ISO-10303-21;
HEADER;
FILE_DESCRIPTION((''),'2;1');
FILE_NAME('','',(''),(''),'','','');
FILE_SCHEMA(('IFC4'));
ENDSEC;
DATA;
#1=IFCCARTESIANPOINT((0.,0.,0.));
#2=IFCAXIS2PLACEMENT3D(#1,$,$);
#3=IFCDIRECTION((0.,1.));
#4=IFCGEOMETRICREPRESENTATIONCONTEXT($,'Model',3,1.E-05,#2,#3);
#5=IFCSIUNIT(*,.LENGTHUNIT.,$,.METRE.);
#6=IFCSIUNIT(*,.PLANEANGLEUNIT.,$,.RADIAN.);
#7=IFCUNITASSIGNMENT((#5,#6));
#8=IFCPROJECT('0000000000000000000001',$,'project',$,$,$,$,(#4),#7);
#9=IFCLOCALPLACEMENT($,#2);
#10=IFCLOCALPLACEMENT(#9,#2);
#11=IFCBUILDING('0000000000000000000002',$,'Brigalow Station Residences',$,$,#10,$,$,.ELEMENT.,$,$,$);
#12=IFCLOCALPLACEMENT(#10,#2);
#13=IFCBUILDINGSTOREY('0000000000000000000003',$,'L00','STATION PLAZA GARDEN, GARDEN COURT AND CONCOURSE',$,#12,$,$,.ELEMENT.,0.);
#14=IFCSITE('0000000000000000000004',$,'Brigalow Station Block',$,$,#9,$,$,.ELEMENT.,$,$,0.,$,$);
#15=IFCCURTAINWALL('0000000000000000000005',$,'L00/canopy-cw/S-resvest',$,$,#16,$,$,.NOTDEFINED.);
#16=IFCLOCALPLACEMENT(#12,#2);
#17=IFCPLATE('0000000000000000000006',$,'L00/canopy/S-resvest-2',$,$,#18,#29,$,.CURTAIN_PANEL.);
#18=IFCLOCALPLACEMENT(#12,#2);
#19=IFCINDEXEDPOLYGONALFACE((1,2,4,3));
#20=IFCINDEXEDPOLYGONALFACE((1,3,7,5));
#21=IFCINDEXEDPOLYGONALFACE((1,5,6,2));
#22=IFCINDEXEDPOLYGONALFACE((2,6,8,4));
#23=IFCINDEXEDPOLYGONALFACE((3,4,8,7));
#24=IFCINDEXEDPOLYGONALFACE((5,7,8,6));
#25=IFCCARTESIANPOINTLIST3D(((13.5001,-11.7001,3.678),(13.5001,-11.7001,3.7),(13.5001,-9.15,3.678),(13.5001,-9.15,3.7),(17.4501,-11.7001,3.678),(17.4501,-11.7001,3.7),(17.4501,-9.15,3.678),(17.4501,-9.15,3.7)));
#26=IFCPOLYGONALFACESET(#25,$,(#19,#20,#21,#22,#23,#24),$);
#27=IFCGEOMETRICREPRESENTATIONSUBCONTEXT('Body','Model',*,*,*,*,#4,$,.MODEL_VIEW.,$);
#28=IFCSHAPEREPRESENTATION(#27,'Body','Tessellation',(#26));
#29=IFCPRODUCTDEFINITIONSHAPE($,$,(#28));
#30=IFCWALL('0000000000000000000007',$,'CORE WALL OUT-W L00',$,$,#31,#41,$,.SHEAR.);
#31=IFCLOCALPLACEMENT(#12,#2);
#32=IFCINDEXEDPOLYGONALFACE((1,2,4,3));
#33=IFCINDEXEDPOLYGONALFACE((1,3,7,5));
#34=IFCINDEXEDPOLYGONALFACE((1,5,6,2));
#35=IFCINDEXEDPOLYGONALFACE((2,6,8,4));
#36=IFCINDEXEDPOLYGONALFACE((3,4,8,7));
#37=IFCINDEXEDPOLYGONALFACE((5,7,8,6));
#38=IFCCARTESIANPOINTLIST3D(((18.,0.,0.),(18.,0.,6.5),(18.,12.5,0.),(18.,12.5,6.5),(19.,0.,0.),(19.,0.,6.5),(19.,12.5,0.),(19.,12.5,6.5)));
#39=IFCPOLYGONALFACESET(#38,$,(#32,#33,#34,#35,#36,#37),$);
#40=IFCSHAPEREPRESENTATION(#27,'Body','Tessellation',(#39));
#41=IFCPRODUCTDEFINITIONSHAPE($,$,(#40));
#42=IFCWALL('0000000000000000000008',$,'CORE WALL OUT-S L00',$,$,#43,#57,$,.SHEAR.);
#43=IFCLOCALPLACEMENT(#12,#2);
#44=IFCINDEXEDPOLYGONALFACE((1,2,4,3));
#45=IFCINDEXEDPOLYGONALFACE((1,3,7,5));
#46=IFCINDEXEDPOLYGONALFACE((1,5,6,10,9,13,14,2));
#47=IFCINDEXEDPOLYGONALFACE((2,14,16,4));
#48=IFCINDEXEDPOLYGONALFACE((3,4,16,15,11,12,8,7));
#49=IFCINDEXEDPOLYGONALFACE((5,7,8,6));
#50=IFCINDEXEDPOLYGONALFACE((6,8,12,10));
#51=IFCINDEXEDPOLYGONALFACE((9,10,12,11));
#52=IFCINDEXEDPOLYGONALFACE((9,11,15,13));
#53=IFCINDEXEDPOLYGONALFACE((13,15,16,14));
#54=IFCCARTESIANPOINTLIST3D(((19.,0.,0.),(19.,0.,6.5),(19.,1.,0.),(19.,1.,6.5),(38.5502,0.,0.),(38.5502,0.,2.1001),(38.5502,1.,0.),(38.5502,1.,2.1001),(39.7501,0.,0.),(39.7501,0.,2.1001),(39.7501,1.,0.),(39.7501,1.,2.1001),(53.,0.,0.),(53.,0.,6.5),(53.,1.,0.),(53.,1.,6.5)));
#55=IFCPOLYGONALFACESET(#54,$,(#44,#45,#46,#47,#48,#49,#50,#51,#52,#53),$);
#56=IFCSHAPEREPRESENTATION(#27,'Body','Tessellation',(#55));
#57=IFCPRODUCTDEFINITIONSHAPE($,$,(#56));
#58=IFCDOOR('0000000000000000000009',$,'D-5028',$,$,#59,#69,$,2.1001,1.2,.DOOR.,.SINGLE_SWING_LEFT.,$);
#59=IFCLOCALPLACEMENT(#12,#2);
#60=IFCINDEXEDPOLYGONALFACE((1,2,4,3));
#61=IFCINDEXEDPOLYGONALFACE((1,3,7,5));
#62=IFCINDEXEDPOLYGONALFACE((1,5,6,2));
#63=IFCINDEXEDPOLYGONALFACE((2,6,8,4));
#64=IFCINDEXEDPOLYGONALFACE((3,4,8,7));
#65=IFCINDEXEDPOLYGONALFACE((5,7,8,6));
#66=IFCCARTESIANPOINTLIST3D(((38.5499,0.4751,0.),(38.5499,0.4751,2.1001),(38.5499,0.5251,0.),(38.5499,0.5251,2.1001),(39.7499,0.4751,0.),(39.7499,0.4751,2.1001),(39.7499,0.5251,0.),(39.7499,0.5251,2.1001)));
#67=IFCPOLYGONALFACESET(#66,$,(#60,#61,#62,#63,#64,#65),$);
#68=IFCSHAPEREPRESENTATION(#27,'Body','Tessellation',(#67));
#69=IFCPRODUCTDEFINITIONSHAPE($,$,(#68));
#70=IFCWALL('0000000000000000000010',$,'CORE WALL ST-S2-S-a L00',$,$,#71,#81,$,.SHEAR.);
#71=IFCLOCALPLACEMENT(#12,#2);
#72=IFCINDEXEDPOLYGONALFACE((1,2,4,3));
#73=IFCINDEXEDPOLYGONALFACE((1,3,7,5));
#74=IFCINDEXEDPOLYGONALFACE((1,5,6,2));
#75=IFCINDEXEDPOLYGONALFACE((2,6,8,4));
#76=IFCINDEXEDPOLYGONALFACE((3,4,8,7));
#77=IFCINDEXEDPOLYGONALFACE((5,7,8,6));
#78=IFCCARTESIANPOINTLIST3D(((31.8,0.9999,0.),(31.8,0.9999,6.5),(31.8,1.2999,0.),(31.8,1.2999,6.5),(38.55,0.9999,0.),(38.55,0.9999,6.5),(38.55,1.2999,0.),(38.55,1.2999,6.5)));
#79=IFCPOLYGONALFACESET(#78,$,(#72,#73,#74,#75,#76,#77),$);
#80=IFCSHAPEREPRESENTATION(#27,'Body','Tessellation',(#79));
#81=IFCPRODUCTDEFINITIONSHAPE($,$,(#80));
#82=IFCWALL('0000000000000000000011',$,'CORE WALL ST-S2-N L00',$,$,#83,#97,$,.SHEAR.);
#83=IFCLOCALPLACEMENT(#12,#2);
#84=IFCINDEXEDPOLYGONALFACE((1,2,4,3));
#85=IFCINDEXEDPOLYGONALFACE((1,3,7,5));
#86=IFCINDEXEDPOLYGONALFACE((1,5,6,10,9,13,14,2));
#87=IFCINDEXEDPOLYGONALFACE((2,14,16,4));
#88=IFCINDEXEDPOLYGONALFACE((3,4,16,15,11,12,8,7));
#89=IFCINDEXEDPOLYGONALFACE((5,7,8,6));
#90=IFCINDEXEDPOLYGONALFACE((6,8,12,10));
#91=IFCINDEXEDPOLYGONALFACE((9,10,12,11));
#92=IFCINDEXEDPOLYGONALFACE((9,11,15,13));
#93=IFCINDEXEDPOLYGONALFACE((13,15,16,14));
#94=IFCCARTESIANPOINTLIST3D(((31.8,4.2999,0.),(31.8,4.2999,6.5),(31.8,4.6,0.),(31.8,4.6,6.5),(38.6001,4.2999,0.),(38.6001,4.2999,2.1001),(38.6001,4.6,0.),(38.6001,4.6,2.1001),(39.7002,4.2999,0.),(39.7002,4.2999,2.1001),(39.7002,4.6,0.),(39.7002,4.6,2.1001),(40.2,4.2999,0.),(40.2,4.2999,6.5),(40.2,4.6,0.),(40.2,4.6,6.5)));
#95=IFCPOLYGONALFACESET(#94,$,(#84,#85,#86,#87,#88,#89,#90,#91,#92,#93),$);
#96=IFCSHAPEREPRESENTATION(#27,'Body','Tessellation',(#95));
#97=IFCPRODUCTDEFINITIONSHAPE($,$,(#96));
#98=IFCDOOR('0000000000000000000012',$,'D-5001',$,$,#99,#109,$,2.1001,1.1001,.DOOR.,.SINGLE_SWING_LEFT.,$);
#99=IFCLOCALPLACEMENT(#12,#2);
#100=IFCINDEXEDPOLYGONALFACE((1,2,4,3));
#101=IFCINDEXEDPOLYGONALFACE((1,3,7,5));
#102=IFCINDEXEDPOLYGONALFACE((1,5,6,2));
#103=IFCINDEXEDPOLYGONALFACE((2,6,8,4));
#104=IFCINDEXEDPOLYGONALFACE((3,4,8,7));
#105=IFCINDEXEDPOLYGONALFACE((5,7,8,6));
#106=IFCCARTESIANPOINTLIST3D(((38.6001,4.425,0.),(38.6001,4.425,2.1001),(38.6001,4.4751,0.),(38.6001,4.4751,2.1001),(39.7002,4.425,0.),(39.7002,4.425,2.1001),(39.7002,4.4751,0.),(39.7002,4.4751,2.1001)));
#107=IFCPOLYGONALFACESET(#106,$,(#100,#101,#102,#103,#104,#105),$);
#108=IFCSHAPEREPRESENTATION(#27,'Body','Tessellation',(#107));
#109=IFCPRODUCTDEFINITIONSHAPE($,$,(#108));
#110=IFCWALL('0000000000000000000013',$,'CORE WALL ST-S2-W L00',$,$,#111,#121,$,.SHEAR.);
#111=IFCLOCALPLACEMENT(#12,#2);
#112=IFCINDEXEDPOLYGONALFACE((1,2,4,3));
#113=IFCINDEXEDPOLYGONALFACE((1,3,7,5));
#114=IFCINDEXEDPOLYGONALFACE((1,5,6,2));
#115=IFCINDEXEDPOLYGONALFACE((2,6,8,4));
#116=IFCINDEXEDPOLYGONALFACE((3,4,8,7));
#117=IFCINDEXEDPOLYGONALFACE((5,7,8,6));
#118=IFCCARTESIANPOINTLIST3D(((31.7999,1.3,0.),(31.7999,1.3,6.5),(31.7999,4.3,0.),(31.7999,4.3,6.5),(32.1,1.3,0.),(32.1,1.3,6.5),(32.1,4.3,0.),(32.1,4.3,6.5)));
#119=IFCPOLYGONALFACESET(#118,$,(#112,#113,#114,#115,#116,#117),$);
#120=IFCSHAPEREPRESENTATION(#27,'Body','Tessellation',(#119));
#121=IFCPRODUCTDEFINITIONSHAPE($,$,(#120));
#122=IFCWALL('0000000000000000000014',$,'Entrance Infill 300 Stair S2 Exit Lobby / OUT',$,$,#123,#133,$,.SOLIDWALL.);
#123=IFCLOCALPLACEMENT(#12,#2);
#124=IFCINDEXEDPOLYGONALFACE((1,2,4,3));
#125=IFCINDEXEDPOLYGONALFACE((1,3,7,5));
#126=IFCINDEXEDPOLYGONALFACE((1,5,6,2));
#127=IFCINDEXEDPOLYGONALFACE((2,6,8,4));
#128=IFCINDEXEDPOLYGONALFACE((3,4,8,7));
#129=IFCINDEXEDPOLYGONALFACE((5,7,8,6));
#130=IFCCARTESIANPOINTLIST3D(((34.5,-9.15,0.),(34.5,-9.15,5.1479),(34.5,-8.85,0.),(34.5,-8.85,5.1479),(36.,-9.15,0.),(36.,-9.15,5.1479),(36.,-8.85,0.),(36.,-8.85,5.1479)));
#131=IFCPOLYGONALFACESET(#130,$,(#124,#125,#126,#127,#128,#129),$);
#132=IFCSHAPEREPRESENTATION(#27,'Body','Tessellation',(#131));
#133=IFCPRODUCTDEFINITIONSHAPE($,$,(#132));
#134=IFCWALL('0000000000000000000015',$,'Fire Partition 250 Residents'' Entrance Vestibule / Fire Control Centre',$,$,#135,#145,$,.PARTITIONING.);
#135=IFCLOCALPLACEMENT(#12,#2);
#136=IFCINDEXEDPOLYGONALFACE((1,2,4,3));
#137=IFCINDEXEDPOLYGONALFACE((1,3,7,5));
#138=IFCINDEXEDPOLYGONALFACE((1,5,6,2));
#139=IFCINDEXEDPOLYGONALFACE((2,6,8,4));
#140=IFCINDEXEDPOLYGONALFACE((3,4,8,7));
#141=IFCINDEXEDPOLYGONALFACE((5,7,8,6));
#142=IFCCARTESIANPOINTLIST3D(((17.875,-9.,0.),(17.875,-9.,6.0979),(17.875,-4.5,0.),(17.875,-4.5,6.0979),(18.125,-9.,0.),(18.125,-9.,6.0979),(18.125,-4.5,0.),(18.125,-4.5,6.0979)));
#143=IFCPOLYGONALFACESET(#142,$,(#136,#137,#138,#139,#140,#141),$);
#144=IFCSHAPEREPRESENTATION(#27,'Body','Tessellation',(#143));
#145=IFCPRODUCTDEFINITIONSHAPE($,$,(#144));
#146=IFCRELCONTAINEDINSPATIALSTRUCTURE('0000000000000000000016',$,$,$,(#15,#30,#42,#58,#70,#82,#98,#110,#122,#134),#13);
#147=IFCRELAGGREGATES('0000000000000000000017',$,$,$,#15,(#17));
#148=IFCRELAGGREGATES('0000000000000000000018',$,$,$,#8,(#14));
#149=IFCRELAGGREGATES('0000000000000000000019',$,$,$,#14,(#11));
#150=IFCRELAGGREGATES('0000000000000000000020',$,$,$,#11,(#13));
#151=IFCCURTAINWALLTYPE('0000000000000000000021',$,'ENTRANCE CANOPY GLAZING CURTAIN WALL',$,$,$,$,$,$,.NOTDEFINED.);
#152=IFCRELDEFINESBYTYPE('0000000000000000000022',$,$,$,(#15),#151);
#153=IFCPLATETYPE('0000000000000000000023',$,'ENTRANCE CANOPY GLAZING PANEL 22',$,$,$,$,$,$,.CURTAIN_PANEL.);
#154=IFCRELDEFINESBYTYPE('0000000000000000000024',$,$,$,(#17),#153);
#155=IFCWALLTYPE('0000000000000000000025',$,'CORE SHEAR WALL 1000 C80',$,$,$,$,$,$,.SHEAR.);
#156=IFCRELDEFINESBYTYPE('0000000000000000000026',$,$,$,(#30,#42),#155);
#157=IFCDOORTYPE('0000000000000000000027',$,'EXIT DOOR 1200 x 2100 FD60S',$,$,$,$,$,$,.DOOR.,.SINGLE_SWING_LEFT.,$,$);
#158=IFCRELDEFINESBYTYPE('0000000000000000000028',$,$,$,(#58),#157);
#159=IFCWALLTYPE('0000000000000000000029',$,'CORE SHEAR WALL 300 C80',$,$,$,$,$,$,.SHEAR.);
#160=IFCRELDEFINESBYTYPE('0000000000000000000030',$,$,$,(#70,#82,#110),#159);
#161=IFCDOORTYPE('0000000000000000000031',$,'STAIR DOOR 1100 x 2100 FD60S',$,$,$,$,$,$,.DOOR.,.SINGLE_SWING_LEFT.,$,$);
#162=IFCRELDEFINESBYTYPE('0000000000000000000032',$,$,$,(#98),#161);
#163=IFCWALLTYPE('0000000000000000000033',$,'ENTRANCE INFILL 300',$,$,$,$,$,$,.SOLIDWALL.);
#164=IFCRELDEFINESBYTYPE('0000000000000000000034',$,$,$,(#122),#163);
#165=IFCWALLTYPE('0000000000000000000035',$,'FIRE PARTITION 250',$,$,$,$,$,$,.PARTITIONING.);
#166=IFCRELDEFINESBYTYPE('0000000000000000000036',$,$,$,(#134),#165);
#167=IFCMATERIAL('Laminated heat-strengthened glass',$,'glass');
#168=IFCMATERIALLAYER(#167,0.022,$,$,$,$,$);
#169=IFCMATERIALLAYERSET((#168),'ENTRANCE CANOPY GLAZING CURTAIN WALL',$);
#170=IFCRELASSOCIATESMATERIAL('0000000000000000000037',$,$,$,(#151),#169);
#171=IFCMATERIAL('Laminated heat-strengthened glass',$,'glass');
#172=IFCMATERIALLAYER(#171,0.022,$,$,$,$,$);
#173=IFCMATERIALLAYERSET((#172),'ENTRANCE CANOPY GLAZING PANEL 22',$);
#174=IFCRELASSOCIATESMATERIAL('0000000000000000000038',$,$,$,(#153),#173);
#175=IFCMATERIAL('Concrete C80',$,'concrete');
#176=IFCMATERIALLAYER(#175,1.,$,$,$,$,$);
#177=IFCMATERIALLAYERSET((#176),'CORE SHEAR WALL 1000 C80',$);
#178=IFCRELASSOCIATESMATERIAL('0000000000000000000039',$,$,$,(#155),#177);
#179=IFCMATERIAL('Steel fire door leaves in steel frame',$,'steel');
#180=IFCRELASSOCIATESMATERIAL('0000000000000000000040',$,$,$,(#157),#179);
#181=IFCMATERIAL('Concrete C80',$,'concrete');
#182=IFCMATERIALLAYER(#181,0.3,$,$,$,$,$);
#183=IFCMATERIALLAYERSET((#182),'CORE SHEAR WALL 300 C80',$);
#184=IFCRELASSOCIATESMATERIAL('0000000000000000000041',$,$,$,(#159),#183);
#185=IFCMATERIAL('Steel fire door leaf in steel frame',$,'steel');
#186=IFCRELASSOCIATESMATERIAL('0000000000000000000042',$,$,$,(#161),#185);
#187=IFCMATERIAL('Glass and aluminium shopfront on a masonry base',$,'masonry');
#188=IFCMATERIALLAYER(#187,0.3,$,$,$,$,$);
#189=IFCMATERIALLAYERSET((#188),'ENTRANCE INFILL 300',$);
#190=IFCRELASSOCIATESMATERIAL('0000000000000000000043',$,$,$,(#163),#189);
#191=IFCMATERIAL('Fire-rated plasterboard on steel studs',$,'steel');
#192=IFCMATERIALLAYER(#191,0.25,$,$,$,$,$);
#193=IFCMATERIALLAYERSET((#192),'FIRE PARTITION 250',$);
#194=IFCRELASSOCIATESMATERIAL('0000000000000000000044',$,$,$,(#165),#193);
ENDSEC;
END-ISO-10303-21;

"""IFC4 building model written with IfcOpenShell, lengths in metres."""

from ifc_helpers import new_model, si_unit, direction, frame, frame_2d, origin, origin_2d, place, context, subcontext, project, spatial, rectangle, extrude, material, layer, layer_set, type_object, element, fill, aggregate, save


model = new_model("IFC4")

# Units and contexts
model_context = context("Model", 3, precision=1e-05, world=origin(), true_north=direction((0.0, 1.0)))
body_context = subcontext(model_context, "Body", "Model", "MODEL_VIEW")
ifc_project = project(units=[si_unit("LENGTHUNIT", "METRE"), si_unit("PLANEANGLEUNIT", "RADIAN")], contexts=[model_context])

# Site, building, storey
site_placement = place(None, origin())
site = spatial("IfcSite", under=ifc_project, at=site_placement, Name="Brigalow Station Block", CompositionType="ELEMENT", RefElevation=0.0)
building_placement = place(site_placement, origin())
building = spatial("IfcBuilding", under=site, at=building_placement, Name="Brigalow Station Residences", CompositionType="ELEMENT")
storey_placement = place(building_placement, origin())
storey = spatial("IfcBuildingStorey", under=building, at=storey_placement, Name="L00", Description="STATION PLAZA GARDEN, GARDEN COURT AND CONCOURSE", CompositionType="ELEMENT", Elevation=0.0)

# Curtain wall, plate
ifc_material_1 = material(Name="Laminated heat-strengthened glass", Category="glass")
ifc_layer_1 = layer(ifc_material_1, 0.022)
ifc_layer_set_1 = layer_set([ifc_layer_1], Name="ENTRANCE CANOPY GLAZING CURTAIN WALL")
curtain_wall_type = type_object("IfcCurtainWallType", Name="ENTRANCE CANOPY GLAZING CURTAIN WALL", PredefinedType="NOTDEFINED", material=ifc_layer_set_1)
curtain_wall_placement = place(storey_placement, origin())
curtain_wall = element("IfcCurtainWall", 1, at=curtain_wall_placement, inside=storey, type_object=curtain_wall_type, Name="L00/canopy-cw/S-resvest", PredefinedType="NOTDEFINED")
ifc_material_2 = material(Name="Laminated heat-strengthened glass", Category="glass")
ifc_layer_2 = layer(ifc_material_2, 0.022)
ifc_layer_set_2 = layer_set([ifc_layer_2], Name="ENTRANCE CANOPY GLAZING PANEL 22")
plate_type = type_object("IfcPlateType", Name="ENTRANCE CANOPY GLAZING PANEL 22", PredefinedType="CURTAIN_PANEL", material=ifc_layer_set_2)
plate_placement = place(storey_placement, frame((15.4751, -10.425, 3.678), z_axis=(0.0, 0.0, 1.0), x_axis=(1.0, 0.0, 0.0)))
plate = element("IfcPlate", 2, at=plate_placement, type_object=plate_type, Name="L00/canopy/S-resvest-2", PredefinedType="CURTAIN_PANEL", context=body_context, shape_type="SweptSolid", body=[
    extrude(rectangle(XDim=3.95, YDim=2.55, at=origin_2d()), origin(), (0.0, 0.0, 1.0), 0.022),
])
aggregate(curtain_wall, [plate])

# Wall
ifc_material_3 = material(Name="Concrete C80", Category="concrete")
ifc_layer_3 = layer(ifc_material_3, 1.0)
ifc_layer_set_3 = layer_set([ifc_layer_3], Name="CORE SHEAR WALL 1000 C80")
wall_type_1 = type_object("IfcWallType", Name="CORE SHEAR WALL 1000 C80", PredefinedType="SHEAR", material=ifc_layer_set_3)
wall_1_placement = place(storey_placement, frame((18.5, 0.0, 0.0), z_axis=(0.0, 0.0, 1.0), x_axis=(0.0, 1.0, 0.0)))
element("IfcWall", 3, at=wall_1_placement, inside=storey, type_object=wall_type_1, Name="CORE WALL OUT-W L00", PredefinedType="SHEAR", context=body_context, shape_type="SweptSolid", body=[
    extrude(rectangle(XDim=12.5, YDim=1.0, at=frame_2d((6.25, 0.0))), origin(), (0.0, 0.0, 1.0), 6.5),
])

# Wall, opening, door
wall_2_placement = place(storey_placement, frame((19.0, 0.5, 0.0), z_axis=(0.0, 0.0, 1.0), x_axis=(1.0, 0.0, 0.0)))
wall_2 = element("IfcWall", 4, at=wall_2_placement, inside=storey, type_object=wall_type_1, Name="CORE WALL OUT-S L00", PredefinedType="SHEAR", context=body_context, shape_type="SweptSolid", body=[
    extrude(rectangle(XDim=34.0, YDim=1.0, at=frame_2d((17.0, 0.0))), origin(), (0.0, 0.0, 1.0), 6.5),
])
opening_1_placement = place(wall_2_placement, frame((19.55, 0.0, 0.0)))
opening_1 = element("IfcOpeningElement", 5, at=opening_1_placement, cuts=wall_2, PredefinedType="OPENING", context=body_context, shape_type="SweptSolid", body=[
    extrude(rectangle(XDim=1.2, YDim=2.1001, at=frame_2d((0.6001, 1.05))), frame((0.0, 0.51, 0.0), z_axis=(0.0, -1.0, 0.0), x_axis=(1.0, 0.0, 0.0)), (0.0, 0.0, 1.0), 1.02),
])
ifc_material_4 = material(Name="Steel fire door leaves in steel frame", Category="steel")
door_type_1 = type_object("IfcDoorType", Name="EXIT DOOR 1200 x 2100 FD60S", OperationType="SINGLE_SWING_LEFT", PredefinedType="DOOR", material=ifc_material_4)
door_1_placement = place(opening_1_placement, frame((1.2, 0.0, 0.0), z_axis=(0.0, 0.0, 1.0), x_axis=(-1.0, 0.0, 0.0)))
door_1 = element("IfcDoor", 6, at=door_1_placement, inside=storey, type_object=door_type_1, Name="D-5028", OperationType="SINGLE_SWING_LEFT", OverallHeight=2.1001, OverallWidth=1.2, PredefinedType="DOOR", context=body_context, shape_type="SweptSolid", body=[
    extrude(rectangle(XDim=1.2, YDim=2.1001, at=frame_2d((0.6001, 1.05))), frame((0.0, 0.0249, 0.0), z_axis=(0.0, -1.0, 0.0), x_axis=(1.0, 0.0, 0.0)), (0.0, 0.0, 1.0), 0.05),
])
fill(opening_1, door_1)

# Wall
ifc_material_5 = material(Name="Concrete C80", Category="concrete")
ifc_layer_4 = layer(ifc_material_5, 0.3)
ifc_layer_set_4 = layer_set([ifc_layer_4], Name="CORE SHEAR WALL 300 C80")
wall_type_2 = type_object("IfcWallType", Name="CORE SHEAR WALL 300 C80", PredefinedType="SHEAR", material=ifc_layer_set_4)
wall_3_placement = place(storey_placement, frame((31.8, 1.1499, 0.0), z_axis=(0.0, 0.0, 1.0), x_axis=(1.0, 0.0, 0.0)))
element("IfcWall", 7, at=wall_3_placement, inside=storey, type_object=wall_type_2, Name="CORE WALL ST-S2-S-a L00", PredefinedType="SHEAR", context=body_context, shape_type="SweptSolid", body=[
    extrude(rectangle(XDim=6.75, YDim=0.3, at=frame_2d((3.375, 0.0))), origin(), (0.0, 0.0, 1.0), 6.5),
])

# Wall, opening, door
wall_4_placement = place(storey_placement, frame((31.8, 4.45, 0.0), z_axis=(0.0, 0.0, 1.0), x_axis=(1.0, 0.0, 0.0)))
wall_4 = element("IfcWall", 8, at=wall_4_placement, inside=storey, type_object=wall_type_2, Name="CORE WALL ST-S2-N L00", PredefinedType="SHEAR", context=body_context, shape_type="SweptSolid", body=[
    extrude(rectangle(XDim=8.3999, YDim=0.3, at=frame_2d((4.2, 0.0))), origin(), (0.0, 0.0, 1.0), 6.5),
])
opening_2_placement = place(wall_4_placement, frame((6.8, 0.0, 0.0)))
opening_2 = element("IfcOpeningElement", 9, at=opening_2_placement, cuts=wall_4, PredefinedType="OPENING", context=body_context, shape_type="SweptSolid", body=[
    extrude(rectangle(XDim=1.1001, YDim=2.1001, at=frame_2d((0.55, 1.05))), frame((0.0, 0.1602, 0.0), z_axis=(0.0, -1.0, 0.0), x_axis=(1.0, 0.0, 0.0)), (0.0, 0.0, 1.0), 0.3201),
])
ifc_material_6 = material(Name="Steel fire door leaf in steel frame", Category="steel")
door_type_2 = type_object("IfcDoorType", Name="STAIR DOOR 1100 x 2100 FD60S", OperationType="SINGLE_SWING_LEFT", PredefinedType="DOOR", material=ifc_material_6)
door_2_placement = place(opening_2_placement, frame((1.1001, 0.0, 0.0), z_axis=(0.0, 0.0, 1.0), x_axis=(-1.0, 0.0, 0.0)))
door_2 = element("IfcDoor", 10, at=door_2_placement, inside=storey, type_object=door_type_2, Name="D-5001", OperationType="SINGLE_SWING_LEFT", OverallHeight=2.1001, OverallWidth=1.1001, PredefinedType="DOOR", context=body_context, shape_type="SweptSolid", body=[
    extrude(rectangle(XDim=1.1001, YDim=2.1001, at=frame_2d((0.55, 1.05))), frame((0.0, 0.0249, 0.0), z_axis=(0.0, -1.0, 0.0), x_axis=(1.0, 0.0, 0.0)), (0.0, 0.0, 1.0), 0.05),
])
fill(opening_2, door_2)

# Walls
wall_5_placement = place(storey_placement, frame((31.95, 1.3, 0.0), z_axis=(0.0, 0.0, 1.0), x_axis=(0.0, 1.0, 0.0)))
element("IfcWall", 11, at=wall_5_placement, inside=storey, type_object=wall_type_2, Name="CORE WALL ST-S2-W L00", PredefinedType="SHEAR", context=body_context, shape_type="SweptSolid", body=[
    extrude(rectangle(XDim=3.0, YDim=0.3, at=frame_2d((1.5, 0.0))), origin(), (0.0, 0.0, 1.0), 6.5),
])
ifc_material_7 = material(Name="Glass and aluminium shopfront on a masonry base", Category="masonry")
ifc_layer_5 = layer(ifc_material_7, 0.3)
ifc_layer_set_5 = layer_set([ifc_layer_5], Name="ENTRANCE INFILL 300")
wall_type_3 = type_object("IfcWallType", Name="ENTRANCE INFILL 300", PredefinedType="SOLIDWALL", material=ifc_layer_set_5)
wall_6_placement = place(storey_placement, frame((34.5, -9.0, 0.0), z_axis=(0.0, 0.0, 1.0), x_axis=(1.0, 0.0, 0.0)))
element("IfcWall", 12, at=wall_6_placement, inside=storey, type_object=wall_type_3, Name="Entrance Infill 300 Stair S2 Exit Lobby / OUT", PredefinedType="SOLIDWALL", context=body_context, shape_type="SweptSolid", body=[
    extrude(rectangle(XDim=1.5, YDim=0.3, at=frame_2d((0.75, 0.0))), origin(), (0.0, 0.0, 1.0), 5.1479),
])
ifc_material_8 = material(Name="Fire-rated plasterboard on steel studs", Category="steel")
ifc_layer_6 = layer(ifc_material_8, 0.25)
ifc_layer_set_6 = layer_set([ifc_layer_6], Name="FIRE PARTITION 250")
wall_type_4 = type_object("IfcWallType", Name="FIRE PARTITION 250", PredefinedType="PARTITIONING", material=ifc_layer_set_6)
wall_7_placement = place(storey_placement, frame((18.0, -9.0, 0.0), z_axis=(0.0, 0.0, 1.0), x_axis=(0.0, 1.0, 0.0)))
element("IfcWall", 13, at=wall_7_placement, inside=storey, type_object=wall_type_4, Name="Fire Partition 250 Residents' Entrance Vestibule / Fire Control Centre", PredefinedType="PARTITIONING", context=body_context, shape_type="SweptSolid", body=[
    extrude(rectangle(XDim=4.5, YDim=0.25, at=frame_2d((2.25, 0.0))), origin(), (0.0, 0.0, 1.0), 6.0979),
])

save(model, "model.ifc")
